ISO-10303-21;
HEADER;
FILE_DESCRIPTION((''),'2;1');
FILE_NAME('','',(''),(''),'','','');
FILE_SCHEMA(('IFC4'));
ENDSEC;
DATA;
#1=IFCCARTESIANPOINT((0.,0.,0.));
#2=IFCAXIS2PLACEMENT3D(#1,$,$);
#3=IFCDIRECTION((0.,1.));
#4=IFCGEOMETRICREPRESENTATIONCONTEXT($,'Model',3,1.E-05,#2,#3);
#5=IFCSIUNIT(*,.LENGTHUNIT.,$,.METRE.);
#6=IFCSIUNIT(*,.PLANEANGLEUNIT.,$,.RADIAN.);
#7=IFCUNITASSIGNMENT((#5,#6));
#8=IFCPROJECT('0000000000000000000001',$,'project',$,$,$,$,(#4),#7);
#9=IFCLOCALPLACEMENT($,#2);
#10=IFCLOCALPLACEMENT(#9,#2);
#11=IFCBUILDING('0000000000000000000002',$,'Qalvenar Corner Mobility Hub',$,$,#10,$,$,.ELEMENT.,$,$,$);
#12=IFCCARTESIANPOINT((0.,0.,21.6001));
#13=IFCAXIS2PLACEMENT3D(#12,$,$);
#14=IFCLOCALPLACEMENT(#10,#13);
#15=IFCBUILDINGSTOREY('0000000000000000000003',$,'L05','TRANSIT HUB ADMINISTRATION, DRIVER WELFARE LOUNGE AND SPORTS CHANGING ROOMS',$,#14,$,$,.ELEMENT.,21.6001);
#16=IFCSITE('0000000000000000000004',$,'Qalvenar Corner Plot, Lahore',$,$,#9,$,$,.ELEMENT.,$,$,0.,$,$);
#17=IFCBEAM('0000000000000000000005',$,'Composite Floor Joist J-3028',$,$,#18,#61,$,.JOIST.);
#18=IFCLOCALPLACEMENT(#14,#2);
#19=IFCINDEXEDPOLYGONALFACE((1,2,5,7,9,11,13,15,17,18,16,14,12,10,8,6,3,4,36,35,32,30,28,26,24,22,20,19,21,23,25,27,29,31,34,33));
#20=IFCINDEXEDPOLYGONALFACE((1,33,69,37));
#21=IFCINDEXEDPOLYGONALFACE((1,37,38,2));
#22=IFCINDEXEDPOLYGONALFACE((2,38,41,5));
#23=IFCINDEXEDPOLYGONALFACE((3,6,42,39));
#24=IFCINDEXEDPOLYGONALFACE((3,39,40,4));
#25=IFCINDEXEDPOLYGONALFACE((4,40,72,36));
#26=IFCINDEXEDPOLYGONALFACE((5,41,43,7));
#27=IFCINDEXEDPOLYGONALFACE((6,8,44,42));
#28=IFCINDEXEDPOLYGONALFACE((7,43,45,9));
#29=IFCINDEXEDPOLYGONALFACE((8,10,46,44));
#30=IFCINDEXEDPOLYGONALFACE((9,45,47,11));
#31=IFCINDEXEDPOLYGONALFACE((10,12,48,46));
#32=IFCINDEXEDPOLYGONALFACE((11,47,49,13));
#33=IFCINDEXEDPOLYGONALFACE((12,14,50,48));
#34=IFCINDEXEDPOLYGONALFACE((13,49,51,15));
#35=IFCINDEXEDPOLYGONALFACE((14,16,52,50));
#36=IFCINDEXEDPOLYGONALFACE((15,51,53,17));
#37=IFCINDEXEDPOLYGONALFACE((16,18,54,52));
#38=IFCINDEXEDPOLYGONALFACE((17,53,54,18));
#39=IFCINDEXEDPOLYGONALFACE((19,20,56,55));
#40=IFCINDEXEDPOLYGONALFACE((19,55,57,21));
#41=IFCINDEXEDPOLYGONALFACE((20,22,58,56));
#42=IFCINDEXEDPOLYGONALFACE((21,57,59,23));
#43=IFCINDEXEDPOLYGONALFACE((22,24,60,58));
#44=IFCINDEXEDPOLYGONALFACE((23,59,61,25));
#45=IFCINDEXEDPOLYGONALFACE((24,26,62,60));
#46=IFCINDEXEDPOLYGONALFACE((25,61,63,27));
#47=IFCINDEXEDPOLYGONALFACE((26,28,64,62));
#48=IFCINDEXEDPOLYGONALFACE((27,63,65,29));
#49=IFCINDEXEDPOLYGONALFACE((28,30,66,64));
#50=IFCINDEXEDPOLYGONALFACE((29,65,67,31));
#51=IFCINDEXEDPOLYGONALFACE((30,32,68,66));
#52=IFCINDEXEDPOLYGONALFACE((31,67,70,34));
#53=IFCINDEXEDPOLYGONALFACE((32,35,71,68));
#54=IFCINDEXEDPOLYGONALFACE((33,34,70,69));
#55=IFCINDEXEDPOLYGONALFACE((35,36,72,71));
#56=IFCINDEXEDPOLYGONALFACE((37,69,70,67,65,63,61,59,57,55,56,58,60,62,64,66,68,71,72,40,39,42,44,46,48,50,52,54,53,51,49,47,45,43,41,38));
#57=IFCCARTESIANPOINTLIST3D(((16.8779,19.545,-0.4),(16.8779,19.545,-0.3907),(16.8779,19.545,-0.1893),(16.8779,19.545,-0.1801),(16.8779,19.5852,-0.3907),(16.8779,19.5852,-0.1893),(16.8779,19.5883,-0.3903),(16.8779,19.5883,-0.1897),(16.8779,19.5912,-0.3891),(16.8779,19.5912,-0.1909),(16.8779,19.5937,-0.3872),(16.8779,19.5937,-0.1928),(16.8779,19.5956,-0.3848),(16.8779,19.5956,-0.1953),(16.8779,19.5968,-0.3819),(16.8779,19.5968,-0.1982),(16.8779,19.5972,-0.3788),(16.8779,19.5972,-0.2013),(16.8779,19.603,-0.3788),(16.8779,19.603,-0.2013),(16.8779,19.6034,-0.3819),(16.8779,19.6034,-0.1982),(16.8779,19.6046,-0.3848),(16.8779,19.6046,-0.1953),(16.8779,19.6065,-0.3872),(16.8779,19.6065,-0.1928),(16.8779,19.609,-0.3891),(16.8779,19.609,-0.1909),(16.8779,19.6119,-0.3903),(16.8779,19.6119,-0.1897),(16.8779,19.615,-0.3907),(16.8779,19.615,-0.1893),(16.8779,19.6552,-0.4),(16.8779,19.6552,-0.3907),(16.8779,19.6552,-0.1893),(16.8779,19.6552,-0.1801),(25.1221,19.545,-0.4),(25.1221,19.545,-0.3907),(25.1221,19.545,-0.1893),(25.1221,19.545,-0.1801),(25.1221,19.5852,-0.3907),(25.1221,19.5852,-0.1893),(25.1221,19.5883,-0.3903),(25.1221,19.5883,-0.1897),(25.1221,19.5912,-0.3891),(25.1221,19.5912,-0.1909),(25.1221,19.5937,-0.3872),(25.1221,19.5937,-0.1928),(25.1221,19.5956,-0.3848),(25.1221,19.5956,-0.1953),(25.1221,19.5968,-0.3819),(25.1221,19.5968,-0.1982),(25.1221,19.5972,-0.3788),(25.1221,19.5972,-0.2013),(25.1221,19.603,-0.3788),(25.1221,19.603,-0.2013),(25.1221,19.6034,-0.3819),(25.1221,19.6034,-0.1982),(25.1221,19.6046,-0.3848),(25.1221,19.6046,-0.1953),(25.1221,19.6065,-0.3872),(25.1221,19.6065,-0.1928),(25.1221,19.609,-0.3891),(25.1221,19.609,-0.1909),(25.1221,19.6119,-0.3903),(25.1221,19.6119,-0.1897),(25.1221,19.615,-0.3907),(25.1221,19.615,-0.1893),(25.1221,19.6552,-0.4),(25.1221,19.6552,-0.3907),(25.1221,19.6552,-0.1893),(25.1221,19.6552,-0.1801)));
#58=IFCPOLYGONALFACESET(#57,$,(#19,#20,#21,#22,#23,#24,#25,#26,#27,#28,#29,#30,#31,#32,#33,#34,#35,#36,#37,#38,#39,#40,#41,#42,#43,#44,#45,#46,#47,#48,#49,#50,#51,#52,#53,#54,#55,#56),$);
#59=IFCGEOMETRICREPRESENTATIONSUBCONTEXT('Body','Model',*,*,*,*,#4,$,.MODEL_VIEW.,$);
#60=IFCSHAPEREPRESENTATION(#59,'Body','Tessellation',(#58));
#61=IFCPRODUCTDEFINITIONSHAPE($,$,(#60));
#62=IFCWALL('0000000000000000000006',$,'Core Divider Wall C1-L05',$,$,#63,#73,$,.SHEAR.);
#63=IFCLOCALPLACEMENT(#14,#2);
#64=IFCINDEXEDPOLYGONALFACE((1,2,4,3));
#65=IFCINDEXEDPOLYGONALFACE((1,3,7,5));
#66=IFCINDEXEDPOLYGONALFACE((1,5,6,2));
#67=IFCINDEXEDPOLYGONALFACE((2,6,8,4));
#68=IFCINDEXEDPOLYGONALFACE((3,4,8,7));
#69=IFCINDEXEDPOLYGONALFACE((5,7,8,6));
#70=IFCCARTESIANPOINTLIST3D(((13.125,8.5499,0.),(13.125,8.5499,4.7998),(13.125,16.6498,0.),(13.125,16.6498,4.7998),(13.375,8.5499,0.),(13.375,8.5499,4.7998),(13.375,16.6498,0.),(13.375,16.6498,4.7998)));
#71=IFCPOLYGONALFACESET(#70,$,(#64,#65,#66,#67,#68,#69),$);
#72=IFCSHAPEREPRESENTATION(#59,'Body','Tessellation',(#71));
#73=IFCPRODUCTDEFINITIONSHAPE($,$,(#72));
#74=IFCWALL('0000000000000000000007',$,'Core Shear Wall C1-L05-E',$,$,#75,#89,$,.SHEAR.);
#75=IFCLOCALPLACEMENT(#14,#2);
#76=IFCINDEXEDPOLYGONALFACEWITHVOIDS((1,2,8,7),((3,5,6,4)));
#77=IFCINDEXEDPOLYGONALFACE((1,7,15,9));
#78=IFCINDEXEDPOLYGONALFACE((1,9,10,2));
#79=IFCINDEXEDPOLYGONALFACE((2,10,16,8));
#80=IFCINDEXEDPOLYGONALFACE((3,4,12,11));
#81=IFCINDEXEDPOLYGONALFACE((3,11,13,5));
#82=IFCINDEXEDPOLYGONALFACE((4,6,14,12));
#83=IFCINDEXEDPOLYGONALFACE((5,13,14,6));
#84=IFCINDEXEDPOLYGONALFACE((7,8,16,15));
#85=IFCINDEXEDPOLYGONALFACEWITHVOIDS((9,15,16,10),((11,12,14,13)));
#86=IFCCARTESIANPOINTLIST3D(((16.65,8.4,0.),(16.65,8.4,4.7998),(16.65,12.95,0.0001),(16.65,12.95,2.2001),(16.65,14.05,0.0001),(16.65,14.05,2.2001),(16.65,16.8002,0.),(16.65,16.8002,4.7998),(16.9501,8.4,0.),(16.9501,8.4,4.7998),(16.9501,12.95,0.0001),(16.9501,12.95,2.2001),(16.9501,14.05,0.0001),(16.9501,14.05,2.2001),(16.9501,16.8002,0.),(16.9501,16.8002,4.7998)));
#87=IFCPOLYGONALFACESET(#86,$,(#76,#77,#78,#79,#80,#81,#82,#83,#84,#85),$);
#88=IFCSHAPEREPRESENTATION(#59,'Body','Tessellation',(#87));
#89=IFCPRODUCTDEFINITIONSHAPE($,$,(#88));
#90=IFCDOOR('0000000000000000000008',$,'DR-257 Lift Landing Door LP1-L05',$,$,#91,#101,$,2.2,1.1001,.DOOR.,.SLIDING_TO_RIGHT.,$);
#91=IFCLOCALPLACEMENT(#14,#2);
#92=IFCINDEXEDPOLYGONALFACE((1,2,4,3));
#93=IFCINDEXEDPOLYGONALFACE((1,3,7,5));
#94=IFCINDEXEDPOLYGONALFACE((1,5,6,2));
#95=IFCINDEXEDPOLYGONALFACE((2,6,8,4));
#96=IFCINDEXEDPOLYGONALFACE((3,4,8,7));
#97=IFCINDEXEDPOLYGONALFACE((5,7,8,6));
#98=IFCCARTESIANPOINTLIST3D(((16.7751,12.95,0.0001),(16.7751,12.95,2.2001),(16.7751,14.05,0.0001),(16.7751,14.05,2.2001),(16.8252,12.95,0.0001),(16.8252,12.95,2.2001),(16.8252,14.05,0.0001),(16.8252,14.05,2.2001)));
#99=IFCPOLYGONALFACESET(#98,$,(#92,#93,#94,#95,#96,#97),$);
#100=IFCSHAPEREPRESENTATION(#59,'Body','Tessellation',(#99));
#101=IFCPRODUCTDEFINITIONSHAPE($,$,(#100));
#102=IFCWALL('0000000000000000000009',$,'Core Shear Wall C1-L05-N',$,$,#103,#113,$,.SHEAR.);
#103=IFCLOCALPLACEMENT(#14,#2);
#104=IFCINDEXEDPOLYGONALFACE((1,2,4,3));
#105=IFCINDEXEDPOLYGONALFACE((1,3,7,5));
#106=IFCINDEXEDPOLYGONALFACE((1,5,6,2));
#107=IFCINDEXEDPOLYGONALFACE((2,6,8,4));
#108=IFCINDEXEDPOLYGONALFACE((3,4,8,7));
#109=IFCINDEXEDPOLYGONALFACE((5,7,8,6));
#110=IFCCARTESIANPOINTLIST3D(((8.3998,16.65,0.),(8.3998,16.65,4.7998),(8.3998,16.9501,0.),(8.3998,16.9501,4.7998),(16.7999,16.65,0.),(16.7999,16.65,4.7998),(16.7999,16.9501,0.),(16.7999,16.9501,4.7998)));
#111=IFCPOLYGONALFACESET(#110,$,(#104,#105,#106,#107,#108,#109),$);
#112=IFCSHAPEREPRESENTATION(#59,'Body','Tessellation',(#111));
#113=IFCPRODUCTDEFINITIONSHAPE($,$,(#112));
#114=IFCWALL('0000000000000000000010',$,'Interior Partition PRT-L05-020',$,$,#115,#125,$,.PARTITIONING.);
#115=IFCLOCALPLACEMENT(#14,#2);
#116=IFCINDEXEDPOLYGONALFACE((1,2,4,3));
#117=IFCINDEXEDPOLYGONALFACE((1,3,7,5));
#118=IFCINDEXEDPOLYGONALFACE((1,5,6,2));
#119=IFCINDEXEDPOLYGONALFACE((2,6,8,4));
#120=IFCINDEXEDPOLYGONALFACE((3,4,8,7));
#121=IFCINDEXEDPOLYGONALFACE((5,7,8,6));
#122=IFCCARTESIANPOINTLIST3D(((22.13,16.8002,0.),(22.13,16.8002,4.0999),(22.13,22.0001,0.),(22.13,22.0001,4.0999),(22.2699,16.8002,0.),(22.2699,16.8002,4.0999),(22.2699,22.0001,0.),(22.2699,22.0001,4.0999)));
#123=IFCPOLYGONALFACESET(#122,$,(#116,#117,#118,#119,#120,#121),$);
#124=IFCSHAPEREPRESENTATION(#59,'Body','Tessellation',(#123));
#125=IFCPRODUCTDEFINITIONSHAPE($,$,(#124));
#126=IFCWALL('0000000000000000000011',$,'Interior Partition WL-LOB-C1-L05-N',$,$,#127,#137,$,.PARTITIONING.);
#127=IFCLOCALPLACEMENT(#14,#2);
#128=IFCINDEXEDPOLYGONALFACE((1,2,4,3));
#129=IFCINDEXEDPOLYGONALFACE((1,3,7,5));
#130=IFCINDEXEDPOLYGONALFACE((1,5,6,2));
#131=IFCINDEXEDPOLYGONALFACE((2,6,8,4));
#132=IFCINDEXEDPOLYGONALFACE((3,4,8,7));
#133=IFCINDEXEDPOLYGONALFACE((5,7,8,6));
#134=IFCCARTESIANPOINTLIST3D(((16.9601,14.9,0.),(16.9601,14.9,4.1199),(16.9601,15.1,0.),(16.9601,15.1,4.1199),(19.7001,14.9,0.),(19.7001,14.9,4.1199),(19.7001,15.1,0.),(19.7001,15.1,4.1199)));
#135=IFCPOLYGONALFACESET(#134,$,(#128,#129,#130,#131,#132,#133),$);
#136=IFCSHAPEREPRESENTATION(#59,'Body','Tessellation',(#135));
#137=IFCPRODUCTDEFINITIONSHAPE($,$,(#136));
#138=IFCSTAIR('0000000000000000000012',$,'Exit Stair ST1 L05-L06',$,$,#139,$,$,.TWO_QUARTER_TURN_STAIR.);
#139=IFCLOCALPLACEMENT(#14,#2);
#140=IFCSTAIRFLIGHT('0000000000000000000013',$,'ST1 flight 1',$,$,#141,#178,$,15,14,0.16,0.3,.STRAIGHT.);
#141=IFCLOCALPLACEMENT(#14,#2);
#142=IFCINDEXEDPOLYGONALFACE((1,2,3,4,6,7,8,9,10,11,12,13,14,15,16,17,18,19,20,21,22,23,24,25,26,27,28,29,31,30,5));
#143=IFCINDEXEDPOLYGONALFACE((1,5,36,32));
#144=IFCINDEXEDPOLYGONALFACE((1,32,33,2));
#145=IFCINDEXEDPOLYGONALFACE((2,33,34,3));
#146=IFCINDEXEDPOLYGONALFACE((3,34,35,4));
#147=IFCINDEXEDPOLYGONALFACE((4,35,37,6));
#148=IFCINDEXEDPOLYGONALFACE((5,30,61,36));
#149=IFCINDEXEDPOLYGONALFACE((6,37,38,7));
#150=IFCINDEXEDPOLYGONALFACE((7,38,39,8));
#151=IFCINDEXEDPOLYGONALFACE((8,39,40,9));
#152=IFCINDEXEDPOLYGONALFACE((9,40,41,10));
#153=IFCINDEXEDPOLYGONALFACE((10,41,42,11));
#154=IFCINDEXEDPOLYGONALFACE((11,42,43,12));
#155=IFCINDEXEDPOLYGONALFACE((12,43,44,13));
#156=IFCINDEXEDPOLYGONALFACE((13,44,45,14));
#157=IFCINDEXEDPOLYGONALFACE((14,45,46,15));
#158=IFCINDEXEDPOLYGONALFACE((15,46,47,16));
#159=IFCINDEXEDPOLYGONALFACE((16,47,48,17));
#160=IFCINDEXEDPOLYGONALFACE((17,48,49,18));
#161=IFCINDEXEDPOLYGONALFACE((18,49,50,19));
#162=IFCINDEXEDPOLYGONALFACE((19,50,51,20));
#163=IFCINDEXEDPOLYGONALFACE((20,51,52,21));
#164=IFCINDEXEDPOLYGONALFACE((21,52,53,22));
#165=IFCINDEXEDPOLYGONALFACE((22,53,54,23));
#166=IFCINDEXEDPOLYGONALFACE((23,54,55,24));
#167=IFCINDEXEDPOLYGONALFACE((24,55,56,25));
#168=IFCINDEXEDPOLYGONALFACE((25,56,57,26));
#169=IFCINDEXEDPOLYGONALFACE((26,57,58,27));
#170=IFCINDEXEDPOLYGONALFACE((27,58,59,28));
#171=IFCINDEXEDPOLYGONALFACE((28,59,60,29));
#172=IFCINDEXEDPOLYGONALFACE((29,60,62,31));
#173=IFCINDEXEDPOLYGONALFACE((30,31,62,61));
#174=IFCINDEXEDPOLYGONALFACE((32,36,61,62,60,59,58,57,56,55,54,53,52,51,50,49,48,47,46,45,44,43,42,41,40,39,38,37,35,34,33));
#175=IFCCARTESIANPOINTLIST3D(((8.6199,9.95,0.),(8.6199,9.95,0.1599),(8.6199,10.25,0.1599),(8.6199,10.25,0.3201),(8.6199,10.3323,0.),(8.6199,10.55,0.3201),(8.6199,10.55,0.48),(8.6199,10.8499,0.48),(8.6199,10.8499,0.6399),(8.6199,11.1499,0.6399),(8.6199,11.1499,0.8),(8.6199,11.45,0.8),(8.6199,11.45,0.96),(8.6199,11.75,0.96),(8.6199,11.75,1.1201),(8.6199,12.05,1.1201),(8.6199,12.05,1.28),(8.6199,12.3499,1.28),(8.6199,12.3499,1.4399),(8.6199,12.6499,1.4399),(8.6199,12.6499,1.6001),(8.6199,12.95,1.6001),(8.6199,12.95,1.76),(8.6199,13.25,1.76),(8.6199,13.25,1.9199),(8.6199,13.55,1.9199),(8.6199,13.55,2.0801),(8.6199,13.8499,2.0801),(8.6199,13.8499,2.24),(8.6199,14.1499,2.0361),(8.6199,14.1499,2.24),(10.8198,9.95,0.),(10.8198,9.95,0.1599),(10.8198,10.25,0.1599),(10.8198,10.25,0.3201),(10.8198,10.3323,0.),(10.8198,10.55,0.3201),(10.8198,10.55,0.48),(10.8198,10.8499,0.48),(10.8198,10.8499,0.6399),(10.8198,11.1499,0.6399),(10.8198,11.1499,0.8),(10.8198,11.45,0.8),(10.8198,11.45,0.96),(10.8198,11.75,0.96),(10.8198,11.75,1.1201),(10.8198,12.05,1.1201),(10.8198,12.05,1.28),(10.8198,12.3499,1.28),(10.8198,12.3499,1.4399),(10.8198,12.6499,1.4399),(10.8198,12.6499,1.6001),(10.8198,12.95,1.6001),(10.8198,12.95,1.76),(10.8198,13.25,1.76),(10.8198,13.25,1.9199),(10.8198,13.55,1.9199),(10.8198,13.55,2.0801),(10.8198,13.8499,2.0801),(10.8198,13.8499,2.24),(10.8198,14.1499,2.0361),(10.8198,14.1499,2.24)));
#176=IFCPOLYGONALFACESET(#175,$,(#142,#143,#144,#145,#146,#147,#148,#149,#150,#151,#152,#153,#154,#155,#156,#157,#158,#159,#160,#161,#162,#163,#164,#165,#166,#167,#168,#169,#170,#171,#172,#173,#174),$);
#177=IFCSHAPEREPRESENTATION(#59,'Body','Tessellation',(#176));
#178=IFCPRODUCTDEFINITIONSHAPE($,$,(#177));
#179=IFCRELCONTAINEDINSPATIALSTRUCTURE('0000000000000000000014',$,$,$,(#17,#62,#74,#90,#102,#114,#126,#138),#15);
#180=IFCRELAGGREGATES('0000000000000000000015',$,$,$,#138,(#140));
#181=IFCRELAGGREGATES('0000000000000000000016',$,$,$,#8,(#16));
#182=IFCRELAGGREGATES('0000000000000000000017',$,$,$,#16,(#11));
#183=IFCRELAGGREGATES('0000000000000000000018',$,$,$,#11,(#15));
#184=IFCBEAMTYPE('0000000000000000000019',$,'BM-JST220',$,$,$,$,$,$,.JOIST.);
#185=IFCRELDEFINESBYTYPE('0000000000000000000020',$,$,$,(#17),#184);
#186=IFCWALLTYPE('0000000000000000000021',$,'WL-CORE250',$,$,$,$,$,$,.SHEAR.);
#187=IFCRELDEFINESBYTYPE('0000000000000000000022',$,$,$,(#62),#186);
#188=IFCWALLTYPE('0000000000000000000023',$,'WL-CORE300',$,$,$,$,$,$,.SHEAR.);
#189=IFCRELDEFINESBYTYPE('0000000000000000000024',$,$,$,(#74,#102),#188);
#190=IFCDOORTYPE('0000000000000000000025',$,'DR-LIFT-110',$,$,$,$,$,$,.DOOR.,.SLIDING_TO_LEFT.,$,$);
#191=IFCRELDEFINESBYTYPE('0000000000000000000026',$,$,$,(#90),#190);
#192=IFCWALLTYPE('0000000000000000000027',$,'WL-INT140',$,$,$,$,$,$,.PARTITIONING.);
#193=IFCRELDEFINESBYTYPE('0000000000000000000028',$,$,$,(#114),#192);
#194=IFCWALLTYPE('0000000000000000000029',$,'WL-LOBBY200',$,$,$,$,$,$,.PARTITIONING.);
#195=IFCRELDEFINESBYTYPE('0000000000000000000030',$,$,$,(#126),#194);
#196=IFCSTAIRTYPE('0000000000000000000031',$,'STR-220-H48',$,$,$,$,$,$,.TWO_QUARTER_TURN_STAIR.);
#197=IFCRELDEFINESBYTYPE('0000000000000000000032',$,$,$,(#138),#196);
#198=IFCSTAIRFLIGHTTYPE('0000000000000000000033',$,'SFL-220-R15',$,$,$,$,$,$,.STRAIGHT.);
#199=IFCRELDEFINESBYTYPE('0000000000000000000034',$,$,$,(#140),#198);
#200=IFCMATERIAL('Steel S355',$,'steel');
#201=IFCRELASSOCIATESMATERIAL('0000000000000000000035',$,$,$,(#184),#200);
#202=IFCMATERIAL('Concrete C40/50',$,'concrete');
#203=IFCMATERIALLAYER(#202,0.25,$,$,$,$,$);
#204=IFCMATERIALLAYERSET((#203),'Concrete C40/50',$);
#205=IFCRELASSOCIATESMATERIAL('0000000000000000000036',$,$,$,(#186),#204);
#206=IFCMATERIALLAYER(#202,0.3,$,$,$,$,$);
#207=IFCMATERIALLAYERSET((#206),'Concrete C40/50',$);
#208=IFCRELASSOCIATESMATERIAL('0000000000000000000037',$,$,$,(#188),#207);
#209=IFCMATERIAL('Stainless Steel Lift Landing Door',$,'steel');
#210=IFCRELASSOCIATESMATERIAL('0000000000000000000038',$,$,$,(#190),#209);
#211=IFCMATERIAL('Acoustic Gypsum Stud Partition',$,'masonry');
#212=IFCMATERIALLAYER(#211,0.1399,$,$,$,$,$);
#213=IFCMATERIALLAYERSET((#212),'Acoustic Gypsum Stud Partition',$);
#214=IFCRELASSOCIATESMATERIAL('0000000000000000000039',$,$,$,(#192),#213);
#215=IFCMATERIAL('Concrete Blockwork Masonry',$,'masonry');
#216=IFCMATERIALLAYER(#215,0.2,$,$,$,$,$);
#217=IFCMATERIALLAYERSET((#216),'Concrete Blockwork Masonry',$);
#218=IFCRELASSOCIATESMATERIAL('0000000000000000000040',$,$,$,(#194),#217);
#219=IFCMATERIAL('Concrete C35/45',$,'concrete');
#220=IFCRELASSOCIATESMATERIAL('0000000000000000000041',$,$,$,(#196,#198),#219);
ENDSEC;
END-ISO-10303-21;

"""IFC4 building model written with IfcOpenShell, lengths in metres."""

from ifc_helpers import new_model, si_unit, direction, frame, frame_2d, origin, origin_2d, place, context, subcontext, project, spatial, polyline, rectangle, i_section, outline, extrude, material, layer, layer_set, material_profile, profile_set, type_object, element, fill, aggregate, save


model = new_model("IFC4")

# Units and contexts
model_context = context("Model", 3, precision=1e-05, world=origin(), true_north=direction((0.0, 1.0)))
body_context = subcontext(model_context, "Body", "Model", "MODEL_VIEW")
ifc_project = project(units=[si_unit("LENGTHUNIT", "METRE"), si_unit("PLANEANGLEUNIT", "RADIAN")], contexts=[model_context])

# Site, building, storey
site_placement = place(None, origin())
site = spatial("IfcSite", under=ifc_project, at=site_placement, Name="Qalvenar Corner Plot, Lahore", CompositionType="ELEMENT", RefElevation=0.0)
building_placement = place(site_placement, origin())
building = spatial("IfcBuilding", under=site, at=building_placement, Name="Qalvenar Corner Mobility Hub", CompositionType="ELEMENT")
storey_placement = place(building_placement, frame((0.0, 0.0, 21.6001)))
storey = spatial("IfcBuildingStorey", under=building, at=storey_placement, Name="L05", Description="TRANSIT HUB ADMINISTRATION, DRIVER WELFARE LOUNGE AND SPORTS CHANGING ROOMS", CompositionType="ELEMENT", Elevation=21.6001)

# Beam
ifc_material_1 = material(Name="Steel S355", Category="steel")
ifc_material_profile_1 = material_profile(ifc_material_1, i_section(OverallWidth=0.1101, OverallDepth=0.22, WebThickness=0.0059, FlangeThickness=0.0093, FilletRadius=0.012, at=origin_2d()), Name="IPE220")
ifc_profile_set_1 = profile_set([ifc_material_profile_1], Name="Steel S355")
beam_type_1 = type_object("IfcBeamType", Name="BM-JST220", PredefinedType="JOIST", material=ifc_profile_set_1)
for number, where, z_axis, x_axis, name in (
    (1, (16.8779, 19.6001, -0.29), (1.0, 0.0, 0.0), (0.0, 1.0, 0.0), "Composite Floor Joist J-3028"),
):
    element("IfcBeam", number, at=place(storey_placement, frame(where, z_axis=z_axis, x_axis=x_axis)), inside=storey, type_object=beam_type_1, Name=name, PredefinedType="JOIST", context=body_context, shape_type="SweptSolid", body=[
        extrude(i_section(OverallWidth=0.1101, OverallDepth=0.22, WebThickness=0.0059, FlangeThickness=0.0093, FilletRadius=0.012, at=origin_2d()), origin(), (0.0, 0.0, 1.0), 8.2441),
    ])

# Wall
ifc_material_2 = material(Name="Concrete C40/50", Category="concrete")
ifc_layer_1 = layer(ifc_material_2, 0.25)
ifc_layer_set_1 = layer_set([ifc_layer_1], Name="Concrete C40/50")
wall_type_1 = type_object("IfcWallType", Name="WL-CORE250", PredefinedType="SHEAR", material=ifc_layer_set_1)
wall_1_placement = place(storey_placement, frame((13.25, 8.55, 0.0), z_axis=(0.0, 0.0, 1.0), x_axis=(0.0, 1.0, 0.0)))
element("IfcWall", 2, at=wall_1_placement, inside=storey, type_object=wall_type_1, Name="Core Divider Wall C1-L05", PredefinedType="SHEAR", context=body_context, shape_type="SweptSolid", body=[
    extrude(rectangle(XDim=8.0999, YDim=0.25, at=frame_2d((4.0498, 0.0))), origin(), (0.0, 0.0, 1.0), 4.7998),
])

# Wall, opening, door
ifc_layer_2 = layer(ifc_material_2, 0.3)
ifc_layer_set_2 = layer_set([ifc_layer_2], Name="Concrete C40/50")
wall_type_2 = type_object("IfcWallType", Name="WL-CORE300", PredefinedType="SHEAR", material=ifc_layer_set_2)
wall_2_placement = place(storey_placement, frame((16.8, 8.3999, 0.0), z_axis=(0.0, 0.0, 1.0), x_axis=(0.0, 1.0, 0.0)))
wall_2 = element("IfcWall", 3, at=wall_2_placement, inside=storey, type_object=wall_type_2, Name="Core Shear Wall C1-L05-E", PredefinedType="SHEAR", context=body_context, shape_type="SweptSolid", body=[
    extrude(rectangle(XDim=8.4001, YDim=0.3, at=frame_2d((4.2002, 0.0))), origin(), (0.0, 0.0, 1.0), 4.7998),
])
opening_placement = place(wall_2_placement, frame((4.55, 0.0, 0.0)))
opening = element("IfcOpeningElement", 4, at=opening_placement, cuts=wall_2, PredefinedType="OPENING", context=body_context, shape_type="SweptSolid", body=[
    extrude(rectangle(XDim=1.1001, YDim=2.2, at=frame_2d((0.55, 1.1001))), frame((0.0, 0.1602, 0.0), z_axis=(0.0, -1.0, 0.0), x_axis=(1.0, 0.0, 0.0)), (0.0, 0.0, 1.0), 0.3201),
])
ifc_material_3 = material(Name="Stainless Steel Lift Landing Door", Category="steel")
door_type = type_object("IfcDoorType", Name="DR-LIFT-110", OperationType="SLIDING_TO_LEFT", PredefinedType="DOOR", material=ifc_material_3)
door_placement = place(opening_placement, origin())
door = element("IfcDoor", 5, at=door_placement, inside=storey, type_object=door_type, Name="DR-257 Lift Landing Door LP1-L05", OperationType="SLIDING_TO_RIGHT", OverallHeight=2.2, OverallWidth=1.1001, PredefinedType="DOOR", context=body_context, shape_type="SweptSolid", body=[
    extrude(rectangle(XDim=1.1001, YDim=2.2, at=frame_2d((0.55, 1.1001))), frame((0.0, 0.0249, 0.0), z_axis=(0.0, -1.0, 0.0), x_axis=(1.0, 0.0, 0.0)), (0.0, 0.0, 1.0), 0.05),
])
fill(opening, door)

# Walls
wall_3_placement = place(storey_placement, frame((16.8, 16.8, 0.0), z_axis=(0.0, 0.0, 1.0), x_axis=(-1.0, 0.0, 0.0)))
element("IfcWall", 6, at=wall_3_placement, inside=storey, type_object=wall_type_2, Name="Core Shear Wall C1-L05-N", PredefinedType="SHEAR", context=body_context, shape_type="SweptSolid", body=[
    extrude(rectangle(XDim=8.4001, YDim=0.3, at=frame_2d((4.2002, 0.0))), origin(), (0.0, 0.0, 1.0), 4.7998),
])
ifc_material_4 = material(Name="Acoustic Gypsum Stud Partition", Category="masonry")
ifc_layer_3 = layer(ifc_material_4, 0.1399)
ifc_layer_set_3 = layer_set([ifc_layer_3], Name="Acoustic Gypsum Stud Partition")
wall_type_3 = type_object("IfcWallType", Name="WL-INT140", PredefinedType="PARTITIONING", material=ifc_layer_set_3)
wall_4_placement = place(storey_placement, frame((22.2, 16.8, 0.0), z_axis=(0.0, 0.0, 1.0), x_axis=(0.0, 1.0, 0.0)))
element("IfcWall", 7, at=wall_4_placement, inside=storey, type_object=wall_type_3, Name="Interior Partition PRT-L05-020", PredefinedType="PARTITIONING", context=body_context, shape_type="SweptSolid", body=[
    extrude(rectangle(XDim=5.2, YDim=0.1399, at=frame_2d((2.6001, 0.0))), origin(), (0.0, 0.0, 1.0), 4.0999),
])
ifc_material_5 = material(Name="Concrete Blockwork Masonry", Category="masonry")
ifc_layer_4 = layer(ifc_material_5, 0.2)
ifc_layer_set_4 = layer_set([ifc_layer_4], Name="Concrete Blockwork Masonry")
wall_type_4 = type_object("IfcWallType", Name="WL-LOBBY200", PredefinedType="PARTITIONING", material=ifc_layer_set_4)
wall_5_placement = place(storey_placement, frame((16.96, 15.0, 0.0), z_axis=(0.0, 0.0, 1.0), x_axis=(1.0, 0.0, 0.0)))
element("IfcWall", 8, at=wall_5_placement, inside=storey, type_object=wall_type_4, Name="Interior Partition WL-LOB-C1-L05-N", PredefinedType="PARTITIONING", context=body_context, shape_type="SweptSolid", body=[
    extrude(rectangle(XDim=2.74, YDim=0.2, at=frame_2d((1.3701, 0.0))), origin(), (0.0, 0.0, 1.0), 4.1199),
])

# Stair, stair flight
ifc_material_6 = material(Name="Concrete C35/45", Category="concrete")
stair_type = type_object("IfcStairType", Name="STR-220-H48", PredefinedType="TWO_QUARTER_TURN_STAIR", material=ifc_material_6)
stair_placement = place(storey_placement, origin())
stair = element("IfcStair", 9, at=stair_placement, inside=storey, type_object=stair_type, Name="Exit Stair ST1 L05-L06", PredefinedType="TWO_QUARTER_TURN_STAIR")
stair_flight_type = type_object("IfcStairFlightType", Name="SFL-220-R15", PredefinedType="STRAIGHT", material=ifc_material_6)
stair_flight_1_placement = place(storey_placement, frame((9.72, 9.95, 0.0), z_axis=(0.0, 0.0, 1.0), x_axis=(0.0, 1.0, 0.0)))
stair_flight_1 = element("IfcStairFlight", 10, at=stair_flight_1_placement, type_object=stair_flight_type, Name="ST1 flight 1", NumberOfRisers=15, NumberOfTreads=14, PredefinedType="STRAIGHT", RiserHeight=0.16, TreadLength=0.3, context=body_context, shape_type="SweptSolid", body=[
    extrude(outline(polyline([(0.0, 0.0), (0.0, 0.1599), (0.3, 0.1599), (0.3, 0.3201), (0.6001, 0.3201), (0.6001, 0.48), (0.8999, 0.48), (0.8999, 0.6399), (1.2, 0.6399), (1.2, 0.8), (1.5, 0.8), (1.5, 0.96), (1.8, 0.96), (1.8, 1.1201), (2.1001, 1.1201), (2.1001, 1.28), (2.3999, 1.28), (2.3999, 1.4399), (2.7, 1.4399), (2.7, 1.6001), (3.0, 1.6001), (3.0, 1.76), (3.3, 1.76), (3.3, 1.9199), (3.6001, 1.9199), (3.6001, 2.0801), (3.8999, 2.0801), (3.8999, 2.24), (4.2, 2.24), (4.2, 2.3999), (4.2, 2.0361), (0.3823, 0.0), (0.0, 0.0)])), frame((0.0, 1.1001, 0.0), z_axis=(0.0, -1.0, 0.0), x_axis=(1.0, 0.0, 0.0)), (0.0, 0.0, 1.0), 2.2),
])
aggregate(stair, [stair_flight_1])

save(model, "model.ifc")
